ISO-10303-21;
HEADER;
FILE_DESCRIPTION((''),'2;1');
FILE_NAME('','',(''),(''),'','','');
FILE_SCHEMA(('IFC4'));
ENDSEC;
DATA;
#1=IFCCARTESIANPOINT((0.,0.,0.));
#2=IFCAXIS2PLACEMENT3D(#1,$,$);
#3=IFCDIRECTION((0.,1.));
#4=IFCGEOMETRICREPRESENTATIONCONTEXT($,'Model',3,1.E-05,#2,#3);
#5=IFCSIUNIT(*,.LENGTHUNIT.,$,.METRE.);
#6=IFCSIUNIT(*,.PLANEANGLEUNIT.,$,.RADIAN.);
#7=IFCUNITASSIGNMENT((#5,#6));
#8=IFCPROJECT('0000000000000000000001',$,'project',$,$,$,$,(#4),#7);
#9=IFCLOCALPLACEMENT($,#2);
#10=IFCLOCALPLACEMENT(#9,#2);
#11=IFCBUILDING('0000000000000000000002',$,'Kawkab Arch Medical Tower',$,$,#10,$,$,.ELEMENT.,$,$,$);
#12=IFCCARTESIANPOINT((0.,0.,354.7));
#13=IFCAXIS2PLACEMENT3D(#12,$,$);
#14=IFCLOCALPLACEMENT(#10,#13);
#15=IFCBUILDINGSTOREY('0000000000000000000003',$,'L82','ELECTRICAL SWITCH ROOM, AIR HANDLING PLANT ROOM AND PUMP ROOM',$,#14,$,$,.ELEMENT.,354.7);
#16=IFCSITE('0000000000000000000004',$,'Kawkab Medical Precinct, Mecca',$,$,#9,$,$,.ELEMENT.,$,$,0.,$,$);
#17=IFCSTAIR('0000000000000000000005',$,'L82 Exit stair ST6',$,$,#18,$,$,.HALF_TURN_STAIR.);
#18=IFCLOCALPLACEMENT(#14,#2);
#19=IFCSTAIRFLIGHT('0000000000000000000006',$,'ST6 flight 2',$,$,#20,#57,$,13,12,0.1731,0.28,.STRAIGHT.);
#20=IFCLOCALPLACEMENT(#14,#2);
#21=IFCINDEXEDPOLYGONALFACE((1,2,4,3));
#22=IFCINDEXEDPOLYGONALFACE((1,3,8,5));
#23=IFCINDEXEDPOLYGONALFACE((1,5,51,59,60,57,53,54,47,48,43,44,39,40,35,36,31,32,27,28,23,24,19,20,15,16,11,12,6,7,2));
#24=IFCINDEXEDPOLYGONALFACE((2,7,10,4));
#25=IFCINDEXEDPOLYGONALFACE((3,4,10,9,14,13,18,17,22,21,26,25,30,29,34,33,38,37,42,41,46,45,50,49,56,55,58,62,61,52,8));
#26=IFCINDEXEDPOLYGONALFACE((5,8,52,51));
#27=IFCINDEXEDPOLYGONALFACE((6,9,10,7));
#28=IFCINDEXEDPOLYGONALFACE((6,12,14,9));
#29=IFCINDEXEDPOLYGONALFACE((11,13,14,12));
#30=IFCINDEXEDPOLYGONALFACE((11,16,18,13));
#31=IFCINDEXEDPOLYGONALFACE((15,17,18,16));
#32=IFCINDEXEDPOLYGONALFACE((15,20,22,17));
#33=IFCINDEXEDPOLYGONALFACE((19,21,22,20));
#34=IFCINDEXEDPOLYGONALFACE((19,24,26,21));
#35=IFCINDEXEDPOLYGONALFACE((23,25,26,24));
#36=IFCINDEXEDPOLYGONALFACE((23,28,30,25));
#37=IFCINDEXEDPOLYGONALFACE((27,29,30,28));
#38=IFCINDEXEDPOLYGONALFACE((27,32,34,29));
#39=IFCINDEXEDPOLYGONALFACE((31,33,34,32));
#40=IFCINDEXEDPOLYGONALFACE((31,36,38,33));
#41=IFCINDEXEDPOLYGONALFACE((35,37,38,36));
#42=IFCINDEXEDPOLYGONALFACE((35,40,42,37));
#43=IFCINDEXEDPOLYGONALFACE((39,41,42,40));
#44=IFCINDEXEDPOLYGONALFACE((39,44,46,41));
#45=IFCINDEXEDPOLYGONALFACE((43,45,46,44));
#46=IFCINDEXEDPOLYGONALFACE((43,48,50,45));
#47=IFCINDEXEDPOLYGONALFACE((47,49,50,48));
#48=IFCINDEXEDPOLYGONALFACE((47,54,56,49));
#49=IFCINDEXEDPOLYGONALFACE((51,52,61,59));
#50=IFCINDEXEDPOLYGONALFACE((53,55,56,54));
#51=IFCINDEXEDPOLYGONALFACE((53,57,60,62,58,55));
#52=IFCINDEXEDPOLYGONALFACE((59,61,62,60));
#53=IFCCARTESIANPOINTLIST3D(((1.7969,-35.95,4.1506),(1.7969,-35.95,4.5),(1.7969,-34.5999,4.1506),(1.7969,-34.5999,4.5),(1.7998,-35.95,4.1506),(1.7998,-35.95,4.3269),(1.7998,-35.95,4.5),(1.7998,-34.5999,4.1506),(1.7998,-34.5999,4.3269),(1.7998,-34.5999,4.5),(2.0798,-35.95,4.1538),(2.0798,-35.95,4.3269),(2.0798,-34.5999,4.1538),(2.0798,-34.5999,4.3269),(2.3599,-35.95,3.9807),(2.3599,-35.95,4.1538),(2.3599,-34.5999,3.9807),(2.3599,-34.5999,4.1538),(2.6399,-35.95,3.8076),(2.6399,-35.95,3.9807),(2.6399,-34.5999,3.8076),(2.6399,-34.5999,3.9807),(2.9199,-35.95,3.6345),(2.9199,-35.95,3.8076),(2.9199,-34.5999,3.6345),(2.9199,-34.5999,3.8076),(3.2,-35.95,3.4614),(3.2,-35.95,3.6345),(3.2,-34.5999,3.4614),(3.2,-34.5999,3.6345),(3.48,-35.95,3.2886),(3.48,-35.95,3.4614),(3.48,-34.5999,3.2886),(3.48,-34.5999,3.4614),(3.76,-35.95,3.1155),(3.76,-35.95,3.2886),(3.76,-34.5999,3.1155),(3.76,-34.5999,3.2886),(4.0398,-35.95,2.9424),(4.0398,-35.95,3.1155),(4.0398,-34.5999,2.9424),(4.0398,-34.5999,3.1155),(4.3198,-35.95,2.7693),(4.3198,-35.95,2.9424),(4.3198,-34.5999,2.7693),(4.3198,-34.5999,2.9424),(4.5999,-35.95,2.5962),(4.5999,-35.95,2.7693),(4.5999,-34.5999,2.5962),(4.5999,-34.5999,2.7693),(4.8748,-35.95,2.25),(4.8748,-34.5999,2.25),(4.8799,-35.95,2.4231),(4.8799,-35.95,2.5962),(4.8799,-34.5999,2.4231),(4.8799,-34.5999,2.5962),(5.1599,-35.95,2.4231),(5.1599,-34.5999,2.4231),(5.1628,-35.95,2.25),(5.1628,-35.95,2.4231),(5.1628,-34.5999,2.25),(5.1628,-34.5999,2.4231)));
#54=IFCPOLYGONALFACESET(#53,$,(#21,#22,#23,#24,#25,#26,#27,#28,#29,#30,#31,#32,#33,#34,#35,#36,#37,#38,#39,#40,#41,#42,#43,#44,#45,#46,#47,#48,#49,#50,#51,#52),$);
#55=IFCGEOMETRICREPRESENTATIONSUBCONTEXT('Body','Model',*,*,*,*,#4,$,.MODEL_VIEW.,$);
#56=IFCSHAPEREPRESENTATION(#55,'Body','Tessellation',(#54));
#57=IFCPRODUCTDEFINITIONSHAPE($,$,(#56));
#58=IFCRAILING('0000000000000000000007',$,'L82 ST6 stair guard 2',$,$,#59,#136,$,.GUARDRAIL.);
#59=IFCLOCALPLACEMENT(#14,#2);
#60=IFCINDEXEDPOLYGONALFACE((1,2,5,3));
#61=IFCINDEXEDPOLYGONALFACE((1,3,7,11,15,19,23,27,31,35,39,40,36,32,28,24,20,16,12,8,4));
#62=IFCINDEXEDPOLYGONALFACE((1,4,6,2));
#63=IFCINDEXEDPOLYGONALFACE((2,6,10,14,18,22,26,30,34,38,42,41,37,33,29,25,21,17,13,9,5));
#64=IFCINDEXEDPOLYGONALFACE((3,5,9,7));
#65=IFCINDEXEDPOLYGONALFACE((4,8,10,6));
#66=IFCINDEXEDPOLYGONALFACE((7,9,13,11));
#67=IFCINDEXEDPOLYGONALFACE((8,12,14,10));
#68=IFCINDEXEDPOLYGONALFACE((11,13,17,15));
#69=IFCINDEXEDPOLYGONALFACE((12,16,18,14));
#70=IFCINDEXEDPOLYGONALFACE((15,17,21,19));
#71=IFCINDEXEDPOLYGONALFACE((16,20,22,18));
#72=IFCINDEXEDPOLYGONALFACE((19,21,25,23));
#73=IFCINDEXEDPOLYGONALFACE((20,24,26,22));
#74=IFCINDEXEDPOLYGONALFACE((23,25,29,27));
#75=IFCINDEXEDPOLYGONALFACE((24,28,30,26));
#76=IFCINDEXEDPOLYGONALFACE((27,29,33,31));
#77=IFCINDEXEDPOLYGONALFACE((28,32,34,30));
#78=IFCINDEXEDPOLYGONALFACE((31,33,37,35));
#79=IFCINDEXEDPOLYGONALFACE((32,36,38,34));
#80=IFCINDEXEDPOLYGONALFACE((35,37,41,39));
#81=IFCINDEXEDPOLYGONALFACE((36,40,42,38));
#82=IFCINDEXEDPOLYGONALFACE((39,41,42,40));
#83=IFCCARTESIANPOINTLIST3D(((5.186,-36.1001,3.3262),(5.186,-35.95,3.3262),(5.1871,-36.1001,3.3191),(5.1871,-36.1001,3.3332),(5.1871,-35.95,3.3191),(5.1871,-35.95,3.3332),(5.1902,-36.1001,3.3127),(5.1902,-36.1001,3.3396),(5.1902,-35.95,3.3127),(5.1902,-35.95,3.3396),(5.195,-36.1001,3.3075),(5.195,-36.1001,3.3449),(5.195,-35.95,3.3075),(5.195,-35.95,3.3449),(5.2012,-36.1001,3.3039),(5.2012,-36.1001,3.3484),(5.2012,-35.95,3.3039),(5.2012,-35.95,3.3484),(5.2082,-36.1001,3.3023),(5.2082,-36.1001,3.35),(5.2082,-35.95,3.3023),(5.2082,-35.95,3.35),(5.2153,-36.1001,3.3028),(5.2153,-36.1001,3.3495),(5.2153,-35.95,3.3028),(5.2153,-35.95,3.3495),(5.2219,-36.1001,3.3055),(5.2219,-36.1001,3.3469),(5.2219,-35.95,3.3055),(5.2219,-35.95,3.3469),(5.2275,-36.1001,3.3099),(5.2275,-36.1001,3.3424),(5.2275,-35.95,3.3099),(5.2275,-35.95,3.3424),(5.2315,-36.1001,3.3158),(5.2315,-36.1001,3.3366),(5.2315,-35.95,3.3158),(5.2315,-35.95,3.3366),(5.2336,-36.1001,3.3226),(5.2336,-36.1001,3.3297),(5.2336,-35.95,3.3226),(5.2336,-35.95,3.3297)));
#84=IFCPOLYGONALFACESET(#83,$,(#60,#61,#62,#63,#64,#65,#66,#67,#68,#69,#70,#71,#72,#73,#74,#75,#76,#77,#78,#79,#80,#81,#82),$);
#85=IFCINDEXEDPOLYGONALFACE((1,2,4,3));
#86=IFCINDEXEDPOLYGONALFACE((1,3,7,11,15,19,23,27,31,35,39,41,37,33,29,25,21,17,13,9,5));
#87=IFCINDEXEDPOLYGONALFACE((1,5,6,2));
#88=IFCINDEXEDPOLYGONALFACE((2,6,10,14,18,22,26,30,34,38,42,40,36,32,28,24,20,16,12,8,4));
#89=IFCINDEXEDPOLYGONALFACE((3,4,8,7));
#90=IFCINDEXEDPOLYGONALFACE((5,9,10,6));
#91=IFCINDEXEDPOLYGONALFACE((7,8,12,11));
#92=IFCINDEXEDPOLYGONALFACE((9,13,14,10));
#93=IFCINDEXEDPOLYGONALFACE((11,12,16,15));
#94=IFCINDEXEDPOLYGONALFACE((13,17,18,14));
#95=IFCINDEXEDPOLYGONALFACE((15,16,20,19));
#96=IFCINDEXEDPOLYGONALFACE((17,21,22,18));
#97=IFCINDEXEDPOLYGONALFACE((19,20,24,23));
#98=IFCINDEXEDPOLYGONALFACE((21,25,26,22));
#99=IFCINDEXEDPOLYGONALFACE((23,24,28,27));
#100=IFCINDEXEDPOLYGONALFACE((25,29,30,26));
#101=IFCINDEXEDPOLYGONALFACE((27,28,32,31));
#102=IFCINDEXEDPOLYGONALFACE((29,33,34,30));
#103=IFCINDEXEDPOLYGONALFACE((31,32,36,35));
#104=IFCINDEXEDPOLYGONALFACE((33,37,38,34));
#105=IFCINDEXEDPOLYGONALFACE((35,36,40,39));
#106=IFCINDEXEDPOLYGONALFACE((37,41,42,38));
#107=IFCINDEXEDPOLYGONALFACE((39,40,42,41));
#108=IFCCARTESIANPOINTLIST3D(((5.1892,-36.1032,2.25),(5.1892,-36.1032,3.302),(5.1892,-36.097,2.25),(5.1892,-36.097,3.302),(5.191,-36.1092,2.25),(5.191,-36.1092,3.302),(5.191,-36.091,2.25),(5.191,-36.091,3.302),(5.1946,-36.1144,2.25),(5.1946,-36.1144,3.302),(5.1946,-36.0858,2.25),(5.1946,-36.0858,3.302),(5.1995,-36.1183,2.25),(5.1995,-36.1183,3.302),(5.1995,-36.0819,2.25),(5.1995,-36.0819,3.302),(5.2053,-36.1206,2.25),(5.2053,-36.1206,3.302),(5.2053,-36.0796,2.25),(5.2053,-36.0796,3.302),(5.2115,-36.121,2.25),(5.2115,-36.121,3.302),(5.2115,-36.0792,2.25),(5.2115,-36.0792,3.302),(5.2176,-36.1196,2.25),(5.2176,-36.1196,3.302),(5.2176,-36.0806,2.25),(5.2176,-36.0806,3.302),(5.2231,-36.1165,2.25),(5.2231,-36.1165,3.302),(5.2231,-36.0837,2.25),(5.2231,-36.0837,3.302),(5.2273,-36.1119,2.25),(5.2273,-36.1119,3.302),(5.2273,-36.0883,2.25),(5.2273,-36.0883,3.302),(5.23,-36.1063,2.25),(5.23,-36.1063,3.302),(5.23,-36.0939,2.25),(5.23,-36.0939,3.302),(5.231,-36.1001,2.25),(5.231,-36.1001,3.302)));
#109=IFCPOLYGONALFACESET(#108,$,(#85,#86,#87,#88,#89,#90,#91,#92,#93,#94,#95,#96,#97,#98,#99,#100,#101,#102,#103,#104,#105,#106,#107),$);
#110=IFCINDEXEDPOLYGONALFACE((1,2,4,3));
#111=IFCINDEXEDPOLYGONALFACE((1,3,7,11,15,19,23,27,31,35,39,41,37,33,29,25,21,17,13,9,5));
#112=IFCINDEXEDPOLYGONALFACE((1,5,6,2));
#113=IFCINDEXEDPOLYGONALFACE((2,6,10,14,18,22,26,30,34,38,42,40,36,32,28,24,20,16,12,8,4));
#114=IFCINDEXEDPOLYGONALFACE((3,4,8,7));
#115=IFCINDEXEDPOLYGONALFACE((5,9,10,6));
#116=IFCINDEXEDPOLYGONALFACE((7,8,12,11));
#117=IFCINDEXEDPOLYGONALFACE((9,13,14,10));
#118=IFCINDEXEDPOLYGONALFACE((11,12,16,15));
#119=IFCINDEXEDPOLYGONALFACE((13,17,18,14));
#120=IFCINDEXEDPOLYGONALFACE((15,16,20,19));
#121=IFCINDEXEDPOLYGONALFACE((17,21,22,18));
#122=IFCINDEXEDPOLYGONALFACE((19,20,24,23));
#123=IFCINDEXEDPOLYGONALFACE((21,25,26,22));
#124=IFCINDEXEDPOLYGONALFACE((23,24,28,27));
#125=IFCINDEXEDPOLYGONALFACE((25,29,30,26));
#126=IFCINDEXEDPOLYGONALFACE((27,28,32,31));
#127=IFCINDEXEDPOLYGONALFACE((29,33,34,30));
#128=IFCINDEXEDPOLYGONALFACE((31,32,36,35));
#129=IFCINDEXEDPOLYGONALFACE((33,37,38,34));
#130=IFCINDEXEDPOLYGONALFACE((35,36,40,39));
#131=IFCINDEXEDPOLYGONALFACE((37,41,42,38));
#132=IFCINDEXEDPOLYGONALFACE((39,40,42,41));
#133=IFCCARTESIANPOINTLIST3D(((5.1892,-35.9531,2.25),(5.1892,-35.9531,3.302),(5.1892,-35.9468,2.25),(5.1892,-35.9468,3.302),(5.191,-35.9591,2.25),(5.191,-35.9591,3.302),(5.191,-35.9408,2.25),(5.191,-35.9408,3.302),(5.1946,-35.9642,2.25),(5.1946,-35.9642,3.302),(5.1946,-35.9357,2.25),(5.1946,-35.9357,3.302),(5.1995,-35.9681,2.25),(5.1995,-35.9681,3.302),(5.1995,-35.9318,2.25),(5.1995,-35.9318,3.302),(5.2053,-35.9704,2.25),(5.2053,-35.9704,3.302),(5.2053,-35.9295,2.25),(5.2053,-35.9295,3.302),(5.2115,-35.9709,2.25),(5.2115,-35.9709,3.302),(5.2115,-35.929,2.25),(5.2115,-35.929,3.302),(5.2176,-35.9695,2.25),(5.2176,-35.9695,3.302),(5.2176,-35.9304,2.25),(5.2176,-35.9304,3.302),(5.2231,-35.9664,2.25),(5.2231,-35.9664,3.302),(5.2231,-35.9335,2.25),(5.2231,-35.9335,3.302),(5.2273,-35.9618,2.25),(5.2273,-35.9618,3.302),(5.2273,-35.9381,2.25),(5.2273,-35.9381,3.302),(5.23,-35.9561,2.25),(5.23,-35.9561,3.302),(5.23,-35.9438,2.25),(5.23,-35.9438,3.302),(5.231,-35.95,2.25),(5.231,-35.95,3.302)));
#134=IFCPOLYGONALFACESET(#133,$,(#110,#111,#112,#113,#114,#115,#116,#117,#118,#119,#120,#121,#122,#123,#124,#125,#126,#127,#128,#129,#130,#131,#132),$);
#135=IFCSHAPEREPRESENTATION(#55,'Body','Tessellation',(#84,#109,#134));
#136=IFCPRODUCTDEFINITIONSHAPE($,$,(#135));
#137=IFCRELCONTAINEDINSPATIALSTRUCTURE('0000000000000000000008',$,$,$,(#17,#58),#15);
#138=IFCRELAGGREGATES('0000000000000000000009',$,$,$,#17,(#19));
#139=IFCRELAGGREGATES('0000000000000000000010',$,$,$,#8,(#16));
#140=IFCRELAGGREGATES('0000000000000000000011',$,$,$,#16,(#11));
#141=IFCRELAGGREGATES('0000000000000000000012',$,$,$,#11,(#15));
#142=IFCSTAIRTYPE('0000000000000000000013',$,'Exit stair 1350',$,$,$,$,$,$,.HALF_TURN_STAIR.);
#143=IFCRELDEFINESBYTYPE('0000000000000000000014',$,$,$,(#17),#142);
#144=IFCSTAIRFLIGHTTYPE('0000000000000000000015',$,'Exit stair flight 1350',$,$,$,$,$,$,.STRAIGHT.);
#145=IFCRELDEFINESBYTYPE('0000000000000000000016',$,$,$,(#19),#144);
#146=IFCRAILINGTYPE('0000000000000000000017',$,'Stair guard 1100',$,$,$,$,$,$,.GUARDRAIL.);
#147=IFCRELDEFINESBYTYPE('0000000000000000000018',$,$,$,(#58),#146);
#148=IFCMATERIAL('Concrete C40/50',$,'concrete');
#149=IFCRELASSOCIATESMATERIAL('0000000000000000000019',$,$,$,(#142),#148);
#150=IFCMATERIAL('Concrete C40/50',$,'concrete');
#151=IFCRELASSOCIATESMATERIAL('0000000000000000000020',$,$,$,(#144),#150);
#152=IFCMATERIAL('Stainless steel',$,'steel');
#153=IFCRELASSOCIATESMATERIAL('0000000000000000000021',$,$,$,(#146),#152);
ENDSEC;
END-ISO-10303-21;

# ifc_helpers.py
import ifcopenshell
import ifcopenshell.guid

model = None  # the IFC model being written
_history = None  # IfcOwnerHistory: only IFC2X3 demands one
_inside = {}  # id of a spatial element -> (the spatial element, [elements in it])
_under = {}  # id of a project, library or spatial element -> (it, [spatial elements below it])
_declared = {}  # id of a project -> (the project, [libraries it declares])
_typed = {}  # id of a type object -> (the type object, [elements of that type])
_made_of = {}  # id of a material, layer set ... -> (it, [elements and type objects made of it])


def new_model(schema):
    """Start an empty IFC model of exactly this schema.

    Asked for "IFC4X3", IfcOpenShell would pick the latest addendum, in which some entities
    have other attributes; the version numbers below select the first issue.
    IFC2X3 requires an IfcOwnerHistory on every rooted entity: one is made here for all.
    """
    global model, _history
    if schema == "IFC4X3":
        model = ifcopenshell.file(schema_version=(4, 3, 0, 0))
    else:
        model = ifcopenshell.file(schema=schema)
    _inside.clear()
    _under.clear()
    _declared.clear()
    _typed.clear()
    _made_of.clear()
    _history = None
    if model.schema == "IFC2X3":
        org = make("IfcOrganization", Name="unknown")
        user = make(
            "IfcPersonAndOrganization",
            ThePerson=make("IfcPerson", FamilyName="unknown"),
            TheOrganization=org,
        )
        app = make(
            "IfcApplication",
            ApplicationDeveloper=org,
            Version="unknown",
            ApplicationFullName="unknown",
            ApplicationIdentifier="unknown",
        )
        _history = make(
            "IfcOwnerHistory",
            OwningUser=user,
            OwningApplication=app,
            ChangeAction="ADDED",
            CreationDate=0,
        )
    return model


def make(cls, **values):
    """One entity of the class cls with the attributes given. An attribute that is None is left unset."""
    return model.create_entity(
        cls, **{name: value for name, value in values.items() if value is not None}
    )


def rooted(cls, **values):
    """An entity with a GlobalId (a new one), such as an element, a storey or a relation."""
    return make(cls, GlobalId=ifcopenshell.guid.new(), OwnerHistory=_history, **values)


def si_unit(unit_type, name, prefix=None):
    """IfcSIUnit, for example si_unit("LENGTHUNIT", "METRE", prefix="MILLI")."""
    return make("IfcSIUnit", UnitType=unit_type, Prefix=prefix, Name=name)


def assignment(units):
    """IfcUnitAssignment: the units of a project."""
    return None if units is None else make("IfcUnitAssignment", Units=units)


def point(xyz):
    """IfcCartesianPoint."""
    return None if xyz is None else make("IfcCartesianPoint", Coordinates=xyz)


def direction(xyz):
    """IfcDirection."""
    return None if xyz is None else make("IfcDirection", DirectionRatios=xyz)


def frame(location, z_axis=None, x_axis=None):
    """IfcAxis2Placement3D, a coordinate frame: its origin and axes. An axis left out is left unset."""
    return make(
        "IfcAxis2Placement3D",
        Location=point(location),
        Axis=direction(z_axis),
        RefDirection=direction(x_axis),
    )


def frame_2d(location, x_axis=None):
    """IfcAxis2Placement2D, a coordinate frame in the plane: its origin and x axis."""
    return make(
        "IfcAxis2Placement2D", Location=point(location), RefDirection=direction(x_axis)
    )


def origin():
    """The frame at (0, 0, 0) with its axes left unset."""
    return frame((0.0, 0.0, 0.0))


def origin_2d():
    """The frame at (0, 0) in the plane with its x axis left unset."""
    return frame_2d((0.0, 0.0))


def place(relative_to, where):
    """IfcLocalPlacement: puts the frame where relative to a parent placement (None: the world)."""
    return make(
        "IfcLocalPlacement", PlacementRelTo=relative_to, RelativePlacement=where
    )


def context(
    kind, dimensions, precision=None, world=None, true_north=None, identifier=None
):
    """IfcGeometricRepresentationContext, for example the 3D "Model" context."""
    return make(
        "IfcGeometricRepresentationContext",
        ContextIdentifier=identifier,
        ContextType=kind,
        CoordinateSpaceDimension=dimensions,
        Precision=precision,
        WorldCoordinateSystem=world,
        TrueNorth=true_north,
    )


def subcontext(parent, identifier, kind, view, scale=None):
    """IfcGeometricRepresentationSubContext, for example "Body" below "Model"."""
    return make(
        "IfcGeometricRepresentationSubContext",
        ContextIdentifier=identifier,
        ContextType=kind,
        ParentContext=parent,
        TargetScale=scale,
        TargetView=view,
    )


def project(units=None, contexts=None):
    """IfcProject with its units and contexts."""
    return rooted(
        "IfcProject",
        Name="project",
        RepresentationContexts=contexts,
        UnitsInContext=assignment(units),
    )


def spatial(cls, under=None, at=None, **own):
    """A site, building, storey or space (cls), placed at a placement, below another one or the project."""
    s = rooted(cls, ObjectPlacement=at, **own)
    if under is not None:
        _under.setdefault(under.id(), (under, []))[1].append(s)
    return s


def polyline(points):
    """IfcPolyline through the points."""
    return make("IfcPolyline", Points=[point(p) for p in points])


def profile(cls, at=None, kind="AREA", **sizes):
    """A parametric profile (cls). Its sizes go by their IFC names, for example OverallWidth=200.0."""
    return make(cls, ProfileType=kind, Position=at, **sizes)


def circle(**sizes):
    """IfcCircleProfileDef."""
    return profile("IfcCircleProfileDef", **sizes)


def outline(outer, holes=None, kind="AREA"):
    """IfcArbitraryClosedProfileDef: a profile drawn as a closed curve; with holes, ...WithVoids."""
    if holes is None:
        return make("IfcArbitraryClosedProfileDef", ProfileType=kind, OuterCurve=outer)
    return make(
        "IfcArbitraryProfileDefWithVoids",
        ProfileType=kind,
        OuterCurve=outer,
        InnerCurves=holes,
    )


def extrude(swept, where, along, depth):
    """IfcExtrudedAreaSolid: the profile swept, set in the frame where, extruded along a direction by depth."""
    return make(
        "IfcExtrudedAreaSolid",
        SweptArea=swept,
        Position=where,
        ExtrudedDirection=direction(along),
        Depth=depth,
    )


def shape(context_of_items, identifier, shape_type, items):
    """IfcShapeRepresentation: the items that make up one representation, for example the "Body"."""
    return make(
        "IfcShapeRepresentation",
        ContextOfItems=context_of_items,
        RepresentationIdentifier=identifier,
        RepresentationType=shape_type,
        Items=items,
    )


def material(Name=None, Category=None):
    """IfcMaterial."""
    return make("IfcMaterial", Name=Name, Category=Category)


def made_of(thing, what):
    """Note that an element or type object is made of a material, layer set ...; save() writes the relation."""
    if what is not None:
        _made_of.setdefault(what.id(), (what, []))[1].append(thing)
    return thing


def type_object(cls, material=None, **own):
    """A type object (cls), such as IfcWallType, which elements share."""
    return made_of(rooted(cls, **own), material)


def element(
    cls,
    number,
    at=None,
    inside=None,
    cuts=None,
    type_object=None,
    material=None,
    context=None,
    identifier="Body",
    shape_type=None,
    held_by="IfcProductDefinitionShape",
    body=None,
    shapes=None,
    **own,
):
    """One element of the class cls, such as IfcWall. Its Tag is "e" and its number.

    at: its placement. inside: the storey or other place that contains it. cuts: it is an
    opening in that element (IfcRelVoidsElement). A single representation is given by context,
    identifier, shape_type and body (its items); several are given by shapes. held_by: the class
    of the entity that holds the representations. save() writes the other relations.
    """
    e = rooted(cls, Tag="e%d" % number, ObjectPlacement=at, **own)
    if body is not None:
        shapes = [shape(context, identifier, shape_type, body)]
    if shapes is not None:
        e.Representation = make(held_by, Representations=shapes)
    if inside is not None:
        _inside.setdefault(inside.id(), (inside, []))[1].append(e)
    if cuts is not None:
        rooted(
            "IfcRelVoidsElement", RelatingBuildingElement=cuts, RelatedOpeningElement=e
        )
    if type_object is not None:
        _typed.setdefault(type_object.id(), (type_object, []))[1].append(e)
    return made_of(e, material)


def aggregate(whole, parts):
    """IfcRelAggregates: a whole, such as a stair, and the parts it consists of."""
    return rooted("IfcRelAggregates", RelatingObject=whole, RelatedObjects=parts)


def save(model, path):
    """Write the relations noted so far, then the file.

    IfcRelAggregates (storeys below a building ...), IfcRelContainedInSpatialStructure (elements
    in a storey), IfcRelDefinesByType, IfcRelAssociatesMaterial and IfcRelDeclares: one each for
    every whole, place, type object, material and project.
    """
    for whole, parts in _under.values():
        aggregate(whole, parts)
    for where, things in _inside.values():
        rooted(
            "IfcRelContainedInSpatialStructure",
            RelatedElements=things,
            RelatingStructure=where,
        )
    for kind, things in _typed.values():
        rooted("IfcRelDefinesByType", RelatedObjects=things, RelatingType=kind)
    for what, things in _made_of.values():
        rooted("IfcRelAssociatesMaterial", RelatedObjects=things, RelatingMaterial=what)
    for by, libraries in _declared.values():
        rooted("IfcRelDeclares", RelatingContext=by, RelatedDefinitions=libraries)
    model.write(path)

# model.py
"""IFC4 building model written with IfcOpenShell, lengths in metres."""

from ifc_helpers import new_model, si_unit, direction, frame, origin, origin_2d, place, context, subcontext, project, spatial, polyline, circle, outline, extrude, material, type_object, element, aggregate, save


model = new_model("IFC4")

# Units and contexts
model_context = context("Model", 3, precision=1e-05, world=origin(), true_north=direction((0.0, 1.0)))
body_context = subcontext(model_context, "Body", "Model", "MODEL_VIEW")
ifc_project = project(units=[si_unit("LENGTHUNIT", "METRE"), si_unit("PLANEANGLEUNIT", "RADIAN")], contexts=[model_context])

# Site, building, storey
site_placement = place(None, origin())
site = spatial("IfcSite", under=ifc_project, at=site_placement, Name="Kawkab Medical Precinct, Mecca", CompositionType="ELEMENT", RefElevation=0.0)
building_placement = place(site_placement, origin())
building = spatial("IfcBuilding", under=site, at=building_placement, Name="Kawkab Arch Medical Tower", CompositionType="ELEMENT")
storey_placement = place(building_placement, frame((0.0, 0.0, 354.7)))
storey = spatial("IfcBuildingStorey", under=building, at=storey_placement, Name="L82", Description="ELECTRICAL SWITCH ROOM, AIR HANDLING PLANT ROOM AND PUMP ROOM", CompositionType="ELEMENT", Elevation=354.7)

# Shared definitions
placement = place(storey_placement, origin())

# Stair, stair flight
ifc_material_1 = material(Name="Concrete C40/50", Category="concrete")
stair_type = type_object("IfcStairType", Name="Exit stair 1350", PredefinedType="HALF_TURN_STAIR", material=ifc_material_1)
stair = element("IfcStair", 1, at=placement, inside=storey, type_object=stair_type, Name="L82 Exit stair ST6", PredefinedType="HALF_TURN_STAIR")
ifc_material_2 = material(Name="Concrete C40/50", Category="concrete")
stair_flight_type = type_object("IfcStairFlightType", Name="Exit stair flight 1350", PredefinedType="STRAIGHT", material=ifc_material_2)
stair_flight_placement = place(storey_placement, frame((5.1599, -35.2749, 2.25), z_axis=(0.0, 0.0, 1.0), x_axis=(-1.0, 0.0, 0.0)))
stair_flight = element("IfcStairFlight", 2, at=stair_flight_placement, type_object=stair_flight_type, Name="ST6 flight 2", NumberOfRisers=13, NumberOfTreads=12, PredefinedType="STRAIGHT", RiserHeight=0.1731, TreadLength=0.28, context=body_context, shape_type="SweptSolid", body=[
    extrude(outline(polyline([(-0.0029, 0.0), (-0.0029, 0.1731), (0.0, 0.1731), (0.28, 0.1731), (0.28, 0.3462), (0.5601, 0.3462), (0.5601, 0.5193), (0.8401, 0.5193), (0.8401, 0.6924), (1.1201, 0.6924), (1.1201, 0.8655), (1.3999, 0.8655), (1.3999, 1.0386), (1.6799, 1.0386), (1.6799, 1.2114), (1.96, 1.2114), (1.96, 1.3845), (2.24, 1.3845), (2.24, 1.5576), (2.52, 1.5576), (2.52, 1.7307), (2.8, 1.7307), (2.8, 1.9038), (3.0801, 1.9038), (3.0801, 2.0769), (3.3601, 2.0769), (3.3601, 2.25), (3.363, 2.25), (3.363, 1.9006), (3.3601, 1.9006), (0.2852, 0.0), (-0.0029, 0.0)])), frame((0.0, 0.675, 0.0), z_axis=(0.0, -1.0, 0.0), x_axis=(1.0, 0.0, 0.0)), (0.0, 0.0, 1.0), 1.3501),
])
aggregate(stair, [stair_flight])

# Railing
ifc_material_3 = material(Name="Stainless steel", Category="steel")
railing_type = type_object("IfcRailingType", Name="Stair guard 1100", PredefinedType="GUARDRAIL", material=ifc_material_3)
railing_placement = place(storey_placement, frame((5.21, -36.1001, 2.25)))
element("IfcRailing", 3, at=railing_placement, inside=storey, type_object=railing_type, Name="L82 ST6 stair guard 2", PredefinedType="GUARDRAIL", context=body_context, shape_type="SweptSolid", body=[
    extrude(circle(Radius=0.0239, at=origin_2d()), frame((0.0, 0.0, 1.0762), z_axis=(0.0, 1.0, 0.0), x_axis=(-1.0, 0.0, 0.0)), (0.0, 0.0, 1.0), 0.1501),
    extrude(circle(Radius=0.021, at=origin_2d()), origin(), (0.0, 0.0, 1.0), 1.052),
    extrude(circle(Radius=0.021, at=origin_2d()), frame((0.0, 0.1501, 0.0)), (0.0, 0.0, 1.0), 1.052),
])

save(model, "model.ifc")
